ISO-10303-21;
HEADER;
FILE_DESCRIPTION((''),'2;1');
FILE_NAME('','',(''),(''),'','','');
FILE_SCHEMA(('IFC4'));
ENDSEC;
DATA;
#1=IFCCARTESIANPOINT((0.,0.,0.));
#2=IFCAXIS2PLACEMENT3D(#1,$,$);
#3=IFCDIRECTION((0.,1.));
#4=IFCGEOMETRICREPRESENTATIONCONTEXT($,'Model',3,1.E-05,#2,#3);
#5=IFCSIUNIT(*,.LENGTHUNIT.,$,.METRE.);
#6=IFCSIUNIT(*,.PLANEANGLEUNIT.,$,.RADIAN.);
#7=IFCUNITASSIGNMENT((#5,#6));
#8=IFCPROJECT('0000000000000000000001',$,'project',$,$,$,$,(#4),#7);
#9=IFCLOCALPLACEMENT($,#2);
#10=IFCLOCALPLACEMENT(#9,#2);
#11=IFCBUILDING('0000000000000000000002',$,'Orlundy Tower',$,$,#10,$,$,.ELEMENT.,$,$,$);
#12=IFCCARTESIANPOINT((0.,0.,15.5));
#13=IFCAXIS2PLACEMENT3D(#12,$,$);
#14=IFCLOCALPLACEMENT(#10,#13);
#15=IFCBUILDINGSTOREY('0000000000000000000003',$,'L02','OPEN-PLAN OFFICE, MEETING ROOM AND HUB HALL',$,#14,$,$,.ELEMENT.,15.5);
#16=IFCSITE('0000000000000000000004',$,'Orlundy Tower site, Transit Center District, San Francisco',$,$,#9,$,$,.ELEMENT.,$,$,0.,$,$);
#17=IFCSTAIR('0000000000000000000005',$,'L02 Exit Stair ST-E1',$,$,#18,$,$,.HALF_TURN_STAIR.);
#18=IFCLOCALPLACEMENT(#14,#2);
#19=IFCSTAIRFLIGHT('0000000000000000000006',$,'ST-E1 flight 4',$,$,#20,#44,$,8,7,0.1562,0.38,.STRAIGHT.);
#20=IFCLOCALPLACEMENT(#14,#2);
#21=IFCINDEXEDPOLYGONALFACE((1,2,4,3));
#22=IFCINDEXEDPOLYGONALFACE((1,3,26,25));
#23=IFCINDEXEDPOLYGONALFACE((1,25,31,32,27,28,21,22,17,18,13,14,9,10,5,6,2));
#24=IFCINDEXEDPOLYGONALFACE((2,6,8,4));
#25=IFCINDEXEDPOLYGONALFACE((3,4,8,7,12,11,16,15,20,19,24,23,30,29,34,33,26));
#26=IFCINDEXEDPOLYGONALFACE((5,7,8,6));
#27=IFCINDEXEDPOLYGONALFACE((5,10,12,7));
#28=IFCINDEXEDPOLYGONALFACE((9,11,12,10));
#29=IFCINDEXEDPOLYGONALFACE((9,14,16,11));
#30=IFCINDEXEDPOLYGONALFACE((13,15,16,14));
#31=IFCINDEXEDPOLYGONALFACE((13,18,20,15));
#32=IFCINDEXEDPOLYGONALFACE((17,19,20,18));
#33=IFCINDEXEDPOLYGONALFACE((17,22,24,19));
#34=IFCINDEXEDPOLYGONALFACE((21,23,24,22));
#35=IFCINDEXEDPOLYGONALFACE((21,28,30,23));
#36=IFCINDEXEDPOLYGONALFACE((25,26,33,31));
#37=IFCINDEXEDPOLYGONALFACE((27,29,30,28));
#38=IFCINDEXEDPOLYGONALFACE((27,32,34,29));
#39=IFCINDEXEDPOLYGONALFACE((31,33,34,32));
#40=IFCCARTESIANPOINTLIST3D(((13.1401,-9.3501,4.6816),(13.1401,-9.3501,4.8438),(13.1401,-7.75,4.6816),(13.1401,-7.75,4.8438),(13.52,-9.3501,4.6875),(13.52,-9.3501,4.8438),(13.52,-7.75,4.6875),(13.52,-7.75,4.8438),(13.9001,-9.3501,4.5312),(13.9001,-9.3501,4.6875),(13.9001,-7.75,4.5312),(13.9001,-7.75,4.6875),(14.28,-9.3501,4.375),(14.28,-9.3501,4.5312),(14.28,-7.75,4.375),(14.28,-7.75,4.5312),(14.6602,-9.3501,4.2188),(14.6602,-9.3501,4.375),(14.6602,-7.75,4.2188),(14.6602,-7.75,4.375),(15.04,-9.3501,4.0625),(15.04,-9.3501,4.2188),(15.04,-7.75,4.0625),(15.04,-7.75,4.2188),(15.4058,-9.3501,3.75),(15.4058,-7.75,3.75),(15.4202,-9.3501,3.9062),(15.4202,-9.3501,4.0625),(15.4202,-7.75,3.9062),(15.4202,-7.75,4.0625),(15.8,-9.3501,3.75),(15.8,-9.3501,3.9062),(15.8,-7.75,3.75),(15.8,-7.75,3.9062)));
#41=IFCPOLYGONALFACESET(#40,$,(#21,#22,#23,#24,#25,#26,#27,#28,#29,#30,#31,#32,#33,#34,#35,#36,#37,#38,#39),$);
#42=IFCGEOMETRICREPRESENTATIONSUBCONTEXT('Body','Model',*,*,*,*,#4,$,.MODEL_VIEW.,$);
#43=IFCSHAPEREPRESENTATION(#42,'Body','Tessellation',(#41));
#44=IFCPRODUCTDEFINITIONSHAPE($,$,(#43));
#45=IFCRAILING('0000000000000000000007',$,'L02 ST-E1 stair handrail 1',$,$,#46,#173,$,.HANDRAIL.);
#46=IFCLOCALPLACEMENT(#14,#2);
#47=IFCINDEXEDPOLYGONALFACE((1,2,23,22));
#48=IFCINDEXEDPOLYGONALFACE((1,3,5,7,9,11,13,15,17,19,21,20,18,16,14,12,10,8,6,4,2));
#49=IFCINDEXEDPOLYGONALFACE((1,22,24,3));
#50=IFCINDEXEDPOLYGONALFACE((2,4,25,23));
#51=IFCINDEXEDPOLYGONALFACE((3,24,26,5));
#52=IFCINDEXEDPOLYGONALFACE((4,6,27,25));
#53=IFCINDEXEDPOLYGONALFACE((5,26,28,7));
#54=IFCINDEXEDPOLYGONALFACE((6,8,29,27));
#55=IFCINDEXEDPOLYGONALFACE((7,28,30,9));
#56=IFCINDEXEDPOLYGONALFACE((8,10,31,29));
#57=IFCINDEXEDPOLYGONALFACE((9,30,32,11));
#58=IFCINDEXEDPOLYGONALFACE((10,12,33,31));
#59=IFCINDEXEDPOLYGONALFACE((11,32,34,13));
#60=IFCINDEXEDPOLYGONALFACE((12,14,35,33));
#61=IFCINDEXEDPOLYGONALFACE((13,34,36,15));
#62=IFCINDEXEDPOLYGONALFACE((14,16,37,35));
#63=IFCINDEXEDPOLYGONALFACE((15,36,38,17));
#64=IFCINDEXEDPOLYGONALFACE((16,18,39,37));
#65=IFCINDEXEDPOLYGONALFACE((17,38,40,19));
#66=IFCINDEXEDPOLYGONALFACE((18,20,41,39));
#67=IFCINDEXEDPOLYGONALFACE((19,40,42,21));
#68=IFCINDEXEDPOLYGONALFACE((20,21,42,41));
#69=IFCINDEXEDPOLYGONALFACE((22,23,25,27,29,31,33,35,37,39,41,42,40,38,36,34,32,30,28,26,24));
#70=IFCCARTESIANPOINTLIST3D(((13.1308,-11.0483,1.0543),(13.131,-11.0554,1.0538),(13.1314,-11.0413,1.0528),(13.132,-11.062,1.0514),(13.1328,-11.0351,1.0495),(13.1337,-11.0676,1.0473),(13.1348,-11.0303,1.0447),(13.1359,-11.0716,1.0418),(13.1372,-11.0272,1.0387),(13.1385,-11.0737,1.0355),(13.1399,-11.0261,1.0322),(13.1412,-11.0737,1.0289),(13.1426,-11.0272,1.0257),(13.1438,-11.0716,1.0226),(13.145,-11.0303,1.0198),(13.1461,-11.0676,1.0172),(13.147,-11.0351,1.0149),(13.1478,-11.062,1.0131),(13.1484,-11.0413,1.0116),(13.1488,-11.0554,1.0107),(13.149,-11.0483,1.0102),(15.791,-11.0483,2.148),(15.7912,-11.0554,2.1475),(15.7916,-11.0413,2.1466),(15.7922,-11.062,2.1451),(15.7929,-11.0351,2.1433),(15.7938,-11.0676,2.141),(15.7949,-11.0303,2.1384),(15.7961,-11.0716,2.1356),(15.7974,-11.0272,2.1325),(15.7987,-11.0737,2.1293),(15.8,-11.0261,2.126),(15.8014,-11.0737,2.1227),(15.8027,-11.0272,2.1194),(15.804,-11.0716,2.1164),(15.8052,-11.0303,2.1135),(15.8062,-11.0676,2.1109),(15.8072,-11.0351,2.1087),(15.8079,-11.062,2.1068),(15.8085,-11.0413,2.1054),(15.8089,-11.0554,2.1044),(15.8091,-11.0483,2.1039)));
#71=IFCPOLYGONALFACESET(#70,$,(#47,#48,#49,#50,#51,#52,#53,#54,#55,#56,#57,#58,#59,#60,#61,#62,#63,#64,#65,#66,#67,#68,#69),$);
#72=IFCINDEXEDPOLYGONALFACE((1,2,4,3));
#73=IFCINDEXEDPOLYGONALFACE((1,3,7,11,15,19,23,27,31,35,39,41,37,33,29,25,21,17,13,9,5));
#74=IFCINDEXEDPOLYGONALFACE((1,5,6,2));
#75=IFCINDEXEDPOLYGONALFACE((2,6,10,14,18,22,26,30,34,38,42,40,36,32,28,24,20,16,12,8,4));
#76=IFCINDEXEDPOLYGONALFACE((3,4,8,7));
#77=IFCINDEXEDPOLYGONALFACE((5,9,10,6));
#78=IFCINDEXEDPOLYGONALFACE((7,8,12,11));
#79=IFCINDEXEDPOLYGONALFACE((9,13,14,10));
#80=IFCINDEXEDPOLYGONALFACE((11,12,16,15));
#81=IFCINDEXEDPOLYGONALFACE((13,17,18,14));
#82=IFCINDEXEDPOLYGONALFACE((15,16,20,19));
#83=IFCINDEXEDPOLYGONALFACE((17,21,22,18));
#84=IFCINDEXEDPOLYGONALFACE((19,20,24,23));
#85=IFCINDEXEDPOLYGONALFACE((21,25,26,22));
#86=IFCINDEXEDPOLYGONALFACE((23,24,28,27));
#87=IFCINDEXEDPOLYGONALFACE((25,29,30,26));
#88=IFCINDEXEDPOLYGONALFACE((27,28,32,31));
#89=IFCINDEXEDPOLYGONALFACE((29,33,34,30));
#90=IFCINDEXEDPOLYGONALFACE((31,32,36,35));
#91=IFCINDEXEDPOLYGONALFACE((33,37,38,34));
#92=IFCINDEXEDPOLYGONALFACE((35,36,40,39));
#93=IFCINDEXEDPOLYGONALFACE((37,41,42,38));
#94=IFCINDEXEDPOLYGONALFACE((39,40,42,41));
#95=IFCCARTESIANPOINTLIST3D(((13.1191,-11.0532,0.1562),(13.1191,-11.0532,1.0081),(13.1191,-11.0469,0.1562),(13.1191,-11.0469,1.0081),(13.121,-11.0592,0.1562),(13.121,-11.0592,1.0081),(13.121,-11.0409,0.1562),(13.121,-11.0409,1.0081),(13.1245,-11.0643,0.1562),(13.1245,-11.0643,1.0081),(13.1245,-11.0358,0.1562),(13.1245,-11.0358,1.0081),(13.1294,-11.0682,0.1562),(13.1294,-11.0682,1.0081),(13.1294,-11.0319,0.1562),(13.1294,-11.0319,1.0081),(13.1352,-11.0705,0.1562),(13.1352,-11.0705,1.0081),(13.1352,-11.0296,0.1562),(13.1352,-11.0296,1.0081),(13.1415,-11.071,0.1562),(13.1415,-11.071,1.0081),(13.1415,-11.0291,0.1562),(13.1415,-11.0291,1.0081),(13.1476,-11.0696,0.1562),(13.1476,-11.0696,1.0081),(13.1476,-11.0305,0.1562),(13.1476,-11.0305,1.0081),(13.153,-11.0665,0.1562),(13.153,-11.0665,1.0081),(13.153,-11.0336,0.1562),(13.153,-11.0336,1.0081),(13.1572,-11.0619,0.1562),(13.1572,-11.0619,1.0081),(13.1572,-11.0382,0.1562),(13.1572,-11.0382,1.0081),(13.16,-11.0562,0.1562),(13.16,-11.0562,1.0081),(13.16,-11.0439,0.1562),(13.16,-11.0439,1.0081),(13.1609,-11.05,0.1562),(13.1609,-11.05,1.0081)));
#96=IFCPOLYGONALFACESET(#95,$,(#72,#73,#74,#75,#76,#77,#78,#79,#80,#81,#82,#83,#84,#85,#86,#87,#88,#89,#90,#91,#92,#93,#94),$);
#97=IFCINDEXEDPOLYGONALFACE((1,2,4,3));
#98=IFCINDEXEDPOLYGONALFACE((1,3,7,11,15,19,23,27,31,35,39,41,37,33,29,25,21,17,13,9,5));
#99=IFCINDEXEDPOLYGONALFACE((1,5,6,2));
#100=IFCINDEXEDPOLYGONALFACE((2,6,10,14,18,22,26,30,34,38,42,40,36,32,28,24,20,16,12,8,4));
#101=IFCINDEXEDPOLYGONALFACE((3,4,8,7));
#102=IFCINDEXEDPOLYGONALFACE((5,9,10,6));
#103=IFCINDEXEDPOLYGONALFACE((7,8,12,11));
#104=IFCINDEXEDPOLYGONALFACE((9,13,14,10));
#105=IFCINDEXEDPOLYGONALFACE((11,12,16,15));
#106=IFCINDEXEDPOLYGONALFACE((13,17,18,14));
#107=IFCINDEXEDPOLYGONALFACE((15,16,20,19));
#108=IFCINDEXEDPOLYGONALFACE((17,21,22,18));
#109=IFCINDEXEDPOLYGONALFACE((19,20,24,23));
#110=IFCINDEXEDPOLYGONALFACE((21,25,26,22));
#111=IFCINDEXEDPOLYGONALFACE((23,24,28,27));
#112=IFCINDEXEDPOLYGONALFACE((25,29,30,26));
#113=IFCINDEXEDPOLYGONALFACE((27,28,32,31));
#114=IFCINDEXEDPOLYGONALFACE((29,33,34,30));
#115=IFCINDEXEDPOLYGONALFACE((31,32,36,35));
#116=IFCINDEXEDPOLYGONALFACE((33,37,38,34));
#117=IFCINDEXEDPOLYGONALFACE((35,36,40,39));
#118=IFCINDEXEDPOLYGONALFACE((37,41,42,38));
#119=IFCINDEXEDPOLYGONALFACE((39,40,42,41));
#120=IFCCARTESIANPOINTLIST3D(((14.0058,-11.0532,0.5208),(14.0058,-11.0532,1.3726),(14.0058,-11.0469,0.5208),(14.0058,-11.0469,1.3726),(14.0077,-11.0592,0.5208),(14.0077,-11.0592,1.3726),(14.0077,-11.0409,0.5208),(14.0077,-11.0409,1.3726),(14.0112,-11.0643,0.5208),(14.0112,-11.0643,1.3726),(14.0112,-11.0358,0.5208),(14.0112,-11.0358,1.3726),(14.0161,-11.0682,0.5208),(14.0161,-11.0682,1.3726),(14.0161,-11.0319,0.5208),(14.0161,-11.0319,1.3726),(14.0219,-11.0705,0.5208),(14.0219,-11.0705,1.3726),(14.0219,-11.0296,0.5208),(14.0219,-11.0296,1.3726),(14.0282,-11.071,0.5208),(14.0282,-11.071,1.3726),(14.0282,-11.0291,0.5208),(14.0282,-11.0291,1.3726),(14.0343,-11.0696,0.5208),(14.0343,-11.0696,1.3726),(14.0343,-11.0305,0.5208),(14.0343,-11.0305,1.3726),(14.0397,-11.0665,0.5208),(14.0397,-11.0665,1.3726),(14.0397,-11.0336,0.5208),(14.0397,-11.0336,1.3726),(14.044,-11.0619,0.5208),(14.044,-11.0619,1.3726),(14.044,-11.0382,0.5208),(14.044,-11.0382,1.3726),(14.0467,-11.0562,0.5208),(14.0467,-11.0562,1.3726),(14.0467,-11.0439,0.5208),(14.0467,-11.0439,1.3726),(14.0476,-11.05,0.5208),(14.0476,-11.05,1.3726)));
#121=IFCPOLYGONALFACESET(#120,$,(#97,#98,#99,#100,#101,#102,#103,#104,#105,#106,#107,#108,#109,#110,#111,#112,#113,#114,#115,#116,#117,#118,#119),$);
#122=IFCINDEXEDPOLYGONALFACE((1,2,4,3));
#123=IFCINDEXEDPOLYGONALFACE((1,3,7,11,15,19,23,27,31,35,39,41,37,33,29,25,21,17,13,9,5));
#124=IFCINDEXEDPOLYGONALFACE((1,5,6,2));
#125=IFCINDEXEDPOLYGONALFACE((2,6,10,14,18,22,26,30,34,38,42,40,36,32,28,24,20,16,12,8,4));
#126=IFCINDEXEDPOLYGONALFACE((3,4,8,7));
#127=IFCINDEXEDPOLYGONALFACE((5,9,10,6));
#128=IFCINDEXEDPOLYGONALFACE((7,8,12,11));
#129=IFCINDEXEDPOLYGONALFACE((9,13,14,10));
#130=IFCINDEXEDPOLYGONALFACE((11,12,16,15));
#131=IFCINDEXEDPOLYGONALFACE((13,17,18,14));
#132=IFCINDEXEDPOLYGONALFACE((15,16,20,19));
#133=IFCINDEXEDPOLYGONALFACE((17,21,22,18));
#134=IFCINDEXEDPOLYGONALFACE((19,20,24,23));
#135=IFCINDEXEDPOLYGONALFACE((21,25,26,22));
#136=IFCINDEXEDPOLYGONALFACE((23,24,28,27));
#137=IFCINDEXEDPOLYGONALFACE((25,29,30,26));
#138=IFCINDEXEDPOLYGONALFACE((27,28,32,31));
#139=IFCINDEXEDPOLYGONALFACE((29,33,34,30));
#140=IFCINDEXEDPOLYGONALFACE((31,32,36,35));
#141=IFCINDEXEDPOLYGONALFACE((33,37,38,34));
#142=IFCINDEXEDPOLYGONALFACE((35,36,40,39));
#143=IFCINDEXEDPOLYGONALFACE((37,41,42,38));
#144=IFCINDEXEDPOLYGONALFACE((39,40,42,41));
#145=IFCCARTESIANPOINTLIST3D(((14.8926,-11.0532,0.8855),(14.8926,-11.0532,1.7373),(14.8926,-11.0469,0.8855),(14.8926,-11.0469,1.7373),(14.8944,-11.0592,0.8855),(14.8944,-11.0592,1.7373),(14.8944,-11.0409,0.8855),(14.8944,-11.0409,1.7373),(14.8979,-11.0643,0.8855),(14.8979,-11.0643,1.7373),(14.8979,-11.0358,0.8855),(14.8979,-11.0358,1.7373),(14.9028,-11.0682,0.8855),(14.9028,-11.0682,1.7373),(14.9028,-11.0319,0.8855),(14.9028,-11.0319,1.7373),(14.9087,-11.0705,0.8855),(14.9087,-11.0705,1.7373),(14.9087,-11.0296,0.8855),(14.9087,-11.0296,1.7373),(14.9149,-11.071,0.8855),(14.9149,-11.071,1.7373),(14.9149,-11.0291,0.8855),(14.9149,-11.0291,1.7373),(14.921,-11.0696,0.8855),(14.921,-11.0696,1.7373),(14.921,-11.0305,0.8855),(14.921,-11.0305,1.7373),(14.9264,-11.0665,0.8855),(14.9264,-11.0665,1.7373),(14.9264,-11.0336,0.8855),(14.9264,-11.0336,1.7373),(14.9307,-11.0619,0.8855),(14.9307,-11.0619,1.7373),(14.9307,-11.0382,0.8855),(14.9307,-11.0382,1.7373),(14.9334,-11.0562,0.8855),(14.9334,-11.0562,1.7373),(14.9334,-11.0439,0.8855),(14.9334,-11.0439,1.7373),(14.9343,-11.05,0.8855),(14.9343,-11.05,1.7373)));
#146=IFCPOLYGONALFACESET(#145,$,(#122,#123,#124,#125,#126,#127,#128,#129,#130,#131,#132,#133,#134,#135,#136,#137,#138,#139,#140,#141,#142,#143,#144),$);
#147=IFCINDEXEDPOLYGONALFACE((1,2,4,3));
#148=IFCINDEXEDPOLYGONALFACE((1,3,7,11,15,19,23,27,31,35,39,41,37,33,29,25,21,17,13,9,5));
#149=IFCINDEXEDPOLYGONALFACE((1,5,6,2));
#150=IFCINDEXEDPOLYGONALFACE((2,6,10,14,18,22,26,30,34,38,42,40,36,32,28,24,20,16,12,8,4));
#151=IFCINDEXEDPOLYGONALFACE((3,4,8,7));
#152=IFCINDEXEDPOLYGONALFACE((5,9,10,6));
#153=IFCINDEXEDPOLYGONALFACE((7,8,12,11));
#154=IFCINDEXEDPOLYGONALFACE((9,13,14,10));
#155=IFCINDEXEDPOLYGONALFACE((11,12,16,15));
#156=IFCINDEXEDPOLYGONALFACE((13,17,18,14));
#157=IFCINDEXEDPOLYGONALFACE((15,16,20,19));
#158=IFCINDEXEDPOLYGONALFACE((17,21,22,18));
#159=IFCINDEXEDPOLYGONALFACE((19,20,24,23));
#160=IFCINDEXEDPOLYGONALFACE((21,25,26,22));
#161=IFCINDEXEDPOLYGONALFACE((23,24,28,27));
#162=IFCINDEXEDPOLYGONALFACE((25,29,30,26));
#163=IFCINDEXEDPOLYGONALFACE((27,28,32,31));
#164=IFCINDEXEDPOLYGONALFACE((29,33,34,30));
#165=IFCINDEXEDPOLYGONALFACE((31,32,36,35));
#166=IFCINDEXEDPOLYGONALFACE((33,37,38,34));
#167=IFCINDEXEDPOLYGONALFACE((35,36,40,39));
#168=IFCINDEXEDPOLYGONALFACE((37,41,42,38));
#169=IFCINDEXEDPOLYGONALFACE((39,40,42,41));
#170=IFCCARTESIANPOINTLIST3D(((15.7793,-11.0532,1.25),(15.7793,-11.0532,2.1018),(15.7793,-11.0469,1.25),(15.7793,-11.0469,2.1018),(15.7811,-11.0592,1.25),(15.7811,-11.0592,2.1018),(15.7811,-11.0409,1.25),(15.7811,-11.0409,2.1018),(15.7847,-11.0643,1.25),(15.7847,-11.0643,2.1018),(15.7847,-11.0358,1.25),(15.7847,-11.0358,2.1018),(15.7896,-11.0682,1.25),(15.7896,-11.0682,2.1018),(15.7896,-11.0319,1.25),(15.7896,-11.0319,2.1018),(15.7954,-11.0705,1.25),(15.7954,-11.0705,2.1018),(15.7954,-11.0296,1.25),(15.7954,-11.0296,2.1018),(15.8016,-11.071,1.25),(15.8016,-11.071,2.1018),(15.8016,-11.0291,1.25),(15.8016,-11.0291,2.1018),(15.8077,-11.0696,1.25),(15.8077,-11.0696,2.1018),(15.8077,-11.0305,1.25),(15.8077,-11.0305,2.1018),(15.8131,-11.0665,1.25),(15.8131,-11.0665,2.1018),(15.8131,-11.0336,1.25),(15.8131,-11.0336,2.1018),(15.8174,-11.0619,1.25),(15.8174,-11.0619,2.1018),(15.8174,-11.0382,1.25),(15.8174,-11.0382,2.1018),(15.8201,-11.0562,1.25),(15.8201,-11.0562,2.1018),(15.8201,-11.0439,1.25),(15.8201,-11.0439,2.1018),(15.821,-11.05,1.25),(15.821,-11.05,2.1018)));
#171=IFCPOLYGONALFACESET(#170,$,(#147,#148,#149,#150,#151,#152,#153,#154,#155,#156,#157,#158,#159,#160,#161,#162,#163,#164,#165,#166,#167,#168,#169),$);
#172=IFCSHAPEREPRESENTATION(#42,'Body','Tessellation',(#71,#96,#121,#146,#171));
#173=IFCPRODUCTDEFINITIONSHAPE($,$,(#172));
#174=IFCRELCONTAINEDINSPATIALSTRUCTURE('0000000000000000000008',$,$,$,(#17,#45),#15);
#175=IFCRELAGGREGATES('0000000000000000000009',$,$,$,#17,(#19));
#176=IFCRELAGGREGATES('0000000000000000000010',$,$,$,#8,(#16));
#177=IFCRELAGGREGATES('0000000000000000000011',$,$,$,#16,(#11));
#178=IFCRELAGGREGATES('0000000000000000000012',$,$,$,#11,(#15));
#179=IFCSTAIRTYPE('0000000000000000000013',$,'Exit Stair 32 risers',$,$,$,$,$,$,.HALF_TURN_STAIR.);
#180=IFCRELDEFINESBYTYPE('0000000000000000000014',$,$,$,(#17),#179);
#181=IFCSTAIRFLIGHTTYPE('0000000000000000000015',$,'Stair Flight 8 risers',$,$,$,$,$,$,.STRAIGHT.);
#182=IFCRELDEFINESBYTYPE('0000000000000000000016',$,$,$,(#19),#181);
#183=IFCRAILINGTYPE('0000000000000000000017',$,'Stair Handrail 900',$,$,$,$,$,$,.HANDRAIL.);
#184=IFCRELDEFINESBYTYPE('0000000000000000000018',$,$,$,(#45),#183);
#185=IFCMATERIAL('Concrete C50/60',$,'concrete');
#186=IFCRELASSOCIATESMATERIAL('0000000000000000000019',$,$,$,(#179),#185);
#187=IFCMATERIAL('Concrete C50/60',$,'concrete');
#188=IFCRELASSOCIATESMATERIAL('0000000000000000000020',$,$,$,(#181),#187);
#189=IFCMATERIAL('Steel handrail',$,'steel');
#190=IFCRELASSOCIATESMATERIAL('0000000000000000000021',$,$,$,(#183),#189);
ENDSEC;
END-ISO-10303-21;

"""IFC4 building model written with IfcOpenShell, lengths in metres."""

from ifc_helpers import new_model, si_unit, direction, frame, origin, origin_2d, place, context, subcontext, project, spatial, polyline, circle, outline, extrude, material, type_object, element, aggregate, save


model = new_model("IFC4")

# Units and contexts
model_context = context("Model", 3, precision=1e-05, world=origin(), true_north=direction((0.0, 1.0)))
body_context = subcontext(model_context, "Body", "Model", "MODEL_VIEW")
ifc_project = project(units=[si_unit("LENGTHUNIT", "METRE"), si_unit("PLANEANGLEUNIT", "RADIAN")], contexts=[model_context])

# Site, building, storey
site_placement = place(None, origin())
site = spatial("IfcSite", under=ifc_project, at=site_placement, Name="Orlundy Tower site, Transit Center District, San Francisco", CompositionType="ELEMENT", RefElevation=0.0)
building_placement = place(site_placement, origin())
building = spatial("IfcBuilding", under=site, at=building_placement, Name="Orlundy Tower", CompositionType="ELEMENT")
storey_placement = place(building_placement, frame((0.0, 0.0, 15.5)))
storey = spatial("IfcBuildingStorey", under=building, at=storey_placement, Name="L02", Description="OPEN-PLAN OFFICE, MEETING ROOM AND HUB HALL", CompositionType="ELEMENT", Elevation=15.5)

# Stair, stair flight
ifc_material_1 = material(Name="Concrete C50/60", Category="concrete")
stair_type = type_object("IfcStairType", Name="Exit Stair 32 risers", PredefinedType="HALF_TURN_STAIR", material=ifc_material_1)
stair_placement = place(storey_placement, origin())
stair = element("IfcStair", 1, at=stair_placement, inside=storey, type_object=stair_type, Name="L02 Exit Stair ST-E1", PredefinedType="HALF_TURN_STAIR")
ifc_material_2 = material(Name="Concrete C50/60", Category="concrete")
stair_flight_type = type_object("IfcStairFlightType", Name="Stair Flight 8 risers", PredefinedType="STRAIGHT", material=ifc_material_2)
stair_flight_1_placement = place(storey_placement, frame((15.8, -8.55, 3.75), z_axis=(0.0, 0.0, 1.0), x_axis=(-1.0, 0.0, 0.0)))
stair_flight_1 = element("IfcStairFlight", 2, at=stair_flight_1_placement, type_object=stair_flight_type, Name="ST-E1 flight 4", NumberOfRisers=8, NumberOfTreads=7, PredefinedType="STRAIGHT", RiserHeight=0.1562, TreadLength=0.38, context=body_context, shape_type="SweptSolid", body=[
    extrude(outline(polyline([(0.0, 0.0), (0.0, 0.1562), (0.3799, 0.1562), (0.3799, 0.3125), (0.76, 0.3125), (0.76, 0.4688), (1.1399, 0.4688), (1.1399, 0.625), (1.52, 0.625), (1.52, 0.7812), (1.8999, 0.7812), (1.8999, 0.9375), (2.28, 0.9375), (2.28, 1.0938), (2.6599, 1.0938), (2.6599, 1.25), (2.6599, 0.9316), (0.3943, 0.0), (0.0, 0.0)])), frame((0.0, 0.8, 0.0), z_axis=(0.0, -1.0, 0.0), x_axis=(1.0, 0.0, 0.0)), (0.0, 0.0, 1.0), 1.6001),
])
aggregate(stair, [stair_flight_1])

# Railing
ifc_material_3 = material(Name="Steel handrail", Category="steel")
railing_type_1 = type_object("IfcRailingType", Name="Stair Handrail 900", PredefinedType="HANDRAIL", material=ifc_material_3)
railing_1_placement = place(storey_placement, frame((13.1399, -11.05, 0.1562)))
element("IfcRailing", 3, at=railing_1_placement, inside=storey, type_object=railing_type_1, Name="L02 ST-E1 stair handrail 1", PredefinedType="HANDRAIL", context=body_context, shape_type="SweptSolid", body=[
    extrude(circle(Radius=0.0239, at=origin_2d()), frame((0.0, 0.0, 0.876), z_axis=(0.924875, 0.0, 0.380272), x_axis=(0.0, 1.0, 0.0)), (0.0, 0.0, 1.0), 2.8762),
    extrude(circle(Radius=0.021, at=origin_2d()), origin(), (0.0, 0.0, 1.0), 0.8518),
    extrude(circle(Radius=0.021, at=origin_2d()), frame((0.8867, 0.0, 0.3645)), (0.0, 0.0, 1.0), 0.8518),
    extrude(circle(Radius=0.021, at=origin_2d()), frame((1.7734, 0.0, 0.7292)), (0.0, 0.0, 1.0), 0.8518),
    extrude(circle(Radius=0.021, at=origin_2d()), frame((2.6602, 0.0, 1.0938)), (0.0, 0.0, 1.0), 0.8518),
])

save(model, "model.ifc")
